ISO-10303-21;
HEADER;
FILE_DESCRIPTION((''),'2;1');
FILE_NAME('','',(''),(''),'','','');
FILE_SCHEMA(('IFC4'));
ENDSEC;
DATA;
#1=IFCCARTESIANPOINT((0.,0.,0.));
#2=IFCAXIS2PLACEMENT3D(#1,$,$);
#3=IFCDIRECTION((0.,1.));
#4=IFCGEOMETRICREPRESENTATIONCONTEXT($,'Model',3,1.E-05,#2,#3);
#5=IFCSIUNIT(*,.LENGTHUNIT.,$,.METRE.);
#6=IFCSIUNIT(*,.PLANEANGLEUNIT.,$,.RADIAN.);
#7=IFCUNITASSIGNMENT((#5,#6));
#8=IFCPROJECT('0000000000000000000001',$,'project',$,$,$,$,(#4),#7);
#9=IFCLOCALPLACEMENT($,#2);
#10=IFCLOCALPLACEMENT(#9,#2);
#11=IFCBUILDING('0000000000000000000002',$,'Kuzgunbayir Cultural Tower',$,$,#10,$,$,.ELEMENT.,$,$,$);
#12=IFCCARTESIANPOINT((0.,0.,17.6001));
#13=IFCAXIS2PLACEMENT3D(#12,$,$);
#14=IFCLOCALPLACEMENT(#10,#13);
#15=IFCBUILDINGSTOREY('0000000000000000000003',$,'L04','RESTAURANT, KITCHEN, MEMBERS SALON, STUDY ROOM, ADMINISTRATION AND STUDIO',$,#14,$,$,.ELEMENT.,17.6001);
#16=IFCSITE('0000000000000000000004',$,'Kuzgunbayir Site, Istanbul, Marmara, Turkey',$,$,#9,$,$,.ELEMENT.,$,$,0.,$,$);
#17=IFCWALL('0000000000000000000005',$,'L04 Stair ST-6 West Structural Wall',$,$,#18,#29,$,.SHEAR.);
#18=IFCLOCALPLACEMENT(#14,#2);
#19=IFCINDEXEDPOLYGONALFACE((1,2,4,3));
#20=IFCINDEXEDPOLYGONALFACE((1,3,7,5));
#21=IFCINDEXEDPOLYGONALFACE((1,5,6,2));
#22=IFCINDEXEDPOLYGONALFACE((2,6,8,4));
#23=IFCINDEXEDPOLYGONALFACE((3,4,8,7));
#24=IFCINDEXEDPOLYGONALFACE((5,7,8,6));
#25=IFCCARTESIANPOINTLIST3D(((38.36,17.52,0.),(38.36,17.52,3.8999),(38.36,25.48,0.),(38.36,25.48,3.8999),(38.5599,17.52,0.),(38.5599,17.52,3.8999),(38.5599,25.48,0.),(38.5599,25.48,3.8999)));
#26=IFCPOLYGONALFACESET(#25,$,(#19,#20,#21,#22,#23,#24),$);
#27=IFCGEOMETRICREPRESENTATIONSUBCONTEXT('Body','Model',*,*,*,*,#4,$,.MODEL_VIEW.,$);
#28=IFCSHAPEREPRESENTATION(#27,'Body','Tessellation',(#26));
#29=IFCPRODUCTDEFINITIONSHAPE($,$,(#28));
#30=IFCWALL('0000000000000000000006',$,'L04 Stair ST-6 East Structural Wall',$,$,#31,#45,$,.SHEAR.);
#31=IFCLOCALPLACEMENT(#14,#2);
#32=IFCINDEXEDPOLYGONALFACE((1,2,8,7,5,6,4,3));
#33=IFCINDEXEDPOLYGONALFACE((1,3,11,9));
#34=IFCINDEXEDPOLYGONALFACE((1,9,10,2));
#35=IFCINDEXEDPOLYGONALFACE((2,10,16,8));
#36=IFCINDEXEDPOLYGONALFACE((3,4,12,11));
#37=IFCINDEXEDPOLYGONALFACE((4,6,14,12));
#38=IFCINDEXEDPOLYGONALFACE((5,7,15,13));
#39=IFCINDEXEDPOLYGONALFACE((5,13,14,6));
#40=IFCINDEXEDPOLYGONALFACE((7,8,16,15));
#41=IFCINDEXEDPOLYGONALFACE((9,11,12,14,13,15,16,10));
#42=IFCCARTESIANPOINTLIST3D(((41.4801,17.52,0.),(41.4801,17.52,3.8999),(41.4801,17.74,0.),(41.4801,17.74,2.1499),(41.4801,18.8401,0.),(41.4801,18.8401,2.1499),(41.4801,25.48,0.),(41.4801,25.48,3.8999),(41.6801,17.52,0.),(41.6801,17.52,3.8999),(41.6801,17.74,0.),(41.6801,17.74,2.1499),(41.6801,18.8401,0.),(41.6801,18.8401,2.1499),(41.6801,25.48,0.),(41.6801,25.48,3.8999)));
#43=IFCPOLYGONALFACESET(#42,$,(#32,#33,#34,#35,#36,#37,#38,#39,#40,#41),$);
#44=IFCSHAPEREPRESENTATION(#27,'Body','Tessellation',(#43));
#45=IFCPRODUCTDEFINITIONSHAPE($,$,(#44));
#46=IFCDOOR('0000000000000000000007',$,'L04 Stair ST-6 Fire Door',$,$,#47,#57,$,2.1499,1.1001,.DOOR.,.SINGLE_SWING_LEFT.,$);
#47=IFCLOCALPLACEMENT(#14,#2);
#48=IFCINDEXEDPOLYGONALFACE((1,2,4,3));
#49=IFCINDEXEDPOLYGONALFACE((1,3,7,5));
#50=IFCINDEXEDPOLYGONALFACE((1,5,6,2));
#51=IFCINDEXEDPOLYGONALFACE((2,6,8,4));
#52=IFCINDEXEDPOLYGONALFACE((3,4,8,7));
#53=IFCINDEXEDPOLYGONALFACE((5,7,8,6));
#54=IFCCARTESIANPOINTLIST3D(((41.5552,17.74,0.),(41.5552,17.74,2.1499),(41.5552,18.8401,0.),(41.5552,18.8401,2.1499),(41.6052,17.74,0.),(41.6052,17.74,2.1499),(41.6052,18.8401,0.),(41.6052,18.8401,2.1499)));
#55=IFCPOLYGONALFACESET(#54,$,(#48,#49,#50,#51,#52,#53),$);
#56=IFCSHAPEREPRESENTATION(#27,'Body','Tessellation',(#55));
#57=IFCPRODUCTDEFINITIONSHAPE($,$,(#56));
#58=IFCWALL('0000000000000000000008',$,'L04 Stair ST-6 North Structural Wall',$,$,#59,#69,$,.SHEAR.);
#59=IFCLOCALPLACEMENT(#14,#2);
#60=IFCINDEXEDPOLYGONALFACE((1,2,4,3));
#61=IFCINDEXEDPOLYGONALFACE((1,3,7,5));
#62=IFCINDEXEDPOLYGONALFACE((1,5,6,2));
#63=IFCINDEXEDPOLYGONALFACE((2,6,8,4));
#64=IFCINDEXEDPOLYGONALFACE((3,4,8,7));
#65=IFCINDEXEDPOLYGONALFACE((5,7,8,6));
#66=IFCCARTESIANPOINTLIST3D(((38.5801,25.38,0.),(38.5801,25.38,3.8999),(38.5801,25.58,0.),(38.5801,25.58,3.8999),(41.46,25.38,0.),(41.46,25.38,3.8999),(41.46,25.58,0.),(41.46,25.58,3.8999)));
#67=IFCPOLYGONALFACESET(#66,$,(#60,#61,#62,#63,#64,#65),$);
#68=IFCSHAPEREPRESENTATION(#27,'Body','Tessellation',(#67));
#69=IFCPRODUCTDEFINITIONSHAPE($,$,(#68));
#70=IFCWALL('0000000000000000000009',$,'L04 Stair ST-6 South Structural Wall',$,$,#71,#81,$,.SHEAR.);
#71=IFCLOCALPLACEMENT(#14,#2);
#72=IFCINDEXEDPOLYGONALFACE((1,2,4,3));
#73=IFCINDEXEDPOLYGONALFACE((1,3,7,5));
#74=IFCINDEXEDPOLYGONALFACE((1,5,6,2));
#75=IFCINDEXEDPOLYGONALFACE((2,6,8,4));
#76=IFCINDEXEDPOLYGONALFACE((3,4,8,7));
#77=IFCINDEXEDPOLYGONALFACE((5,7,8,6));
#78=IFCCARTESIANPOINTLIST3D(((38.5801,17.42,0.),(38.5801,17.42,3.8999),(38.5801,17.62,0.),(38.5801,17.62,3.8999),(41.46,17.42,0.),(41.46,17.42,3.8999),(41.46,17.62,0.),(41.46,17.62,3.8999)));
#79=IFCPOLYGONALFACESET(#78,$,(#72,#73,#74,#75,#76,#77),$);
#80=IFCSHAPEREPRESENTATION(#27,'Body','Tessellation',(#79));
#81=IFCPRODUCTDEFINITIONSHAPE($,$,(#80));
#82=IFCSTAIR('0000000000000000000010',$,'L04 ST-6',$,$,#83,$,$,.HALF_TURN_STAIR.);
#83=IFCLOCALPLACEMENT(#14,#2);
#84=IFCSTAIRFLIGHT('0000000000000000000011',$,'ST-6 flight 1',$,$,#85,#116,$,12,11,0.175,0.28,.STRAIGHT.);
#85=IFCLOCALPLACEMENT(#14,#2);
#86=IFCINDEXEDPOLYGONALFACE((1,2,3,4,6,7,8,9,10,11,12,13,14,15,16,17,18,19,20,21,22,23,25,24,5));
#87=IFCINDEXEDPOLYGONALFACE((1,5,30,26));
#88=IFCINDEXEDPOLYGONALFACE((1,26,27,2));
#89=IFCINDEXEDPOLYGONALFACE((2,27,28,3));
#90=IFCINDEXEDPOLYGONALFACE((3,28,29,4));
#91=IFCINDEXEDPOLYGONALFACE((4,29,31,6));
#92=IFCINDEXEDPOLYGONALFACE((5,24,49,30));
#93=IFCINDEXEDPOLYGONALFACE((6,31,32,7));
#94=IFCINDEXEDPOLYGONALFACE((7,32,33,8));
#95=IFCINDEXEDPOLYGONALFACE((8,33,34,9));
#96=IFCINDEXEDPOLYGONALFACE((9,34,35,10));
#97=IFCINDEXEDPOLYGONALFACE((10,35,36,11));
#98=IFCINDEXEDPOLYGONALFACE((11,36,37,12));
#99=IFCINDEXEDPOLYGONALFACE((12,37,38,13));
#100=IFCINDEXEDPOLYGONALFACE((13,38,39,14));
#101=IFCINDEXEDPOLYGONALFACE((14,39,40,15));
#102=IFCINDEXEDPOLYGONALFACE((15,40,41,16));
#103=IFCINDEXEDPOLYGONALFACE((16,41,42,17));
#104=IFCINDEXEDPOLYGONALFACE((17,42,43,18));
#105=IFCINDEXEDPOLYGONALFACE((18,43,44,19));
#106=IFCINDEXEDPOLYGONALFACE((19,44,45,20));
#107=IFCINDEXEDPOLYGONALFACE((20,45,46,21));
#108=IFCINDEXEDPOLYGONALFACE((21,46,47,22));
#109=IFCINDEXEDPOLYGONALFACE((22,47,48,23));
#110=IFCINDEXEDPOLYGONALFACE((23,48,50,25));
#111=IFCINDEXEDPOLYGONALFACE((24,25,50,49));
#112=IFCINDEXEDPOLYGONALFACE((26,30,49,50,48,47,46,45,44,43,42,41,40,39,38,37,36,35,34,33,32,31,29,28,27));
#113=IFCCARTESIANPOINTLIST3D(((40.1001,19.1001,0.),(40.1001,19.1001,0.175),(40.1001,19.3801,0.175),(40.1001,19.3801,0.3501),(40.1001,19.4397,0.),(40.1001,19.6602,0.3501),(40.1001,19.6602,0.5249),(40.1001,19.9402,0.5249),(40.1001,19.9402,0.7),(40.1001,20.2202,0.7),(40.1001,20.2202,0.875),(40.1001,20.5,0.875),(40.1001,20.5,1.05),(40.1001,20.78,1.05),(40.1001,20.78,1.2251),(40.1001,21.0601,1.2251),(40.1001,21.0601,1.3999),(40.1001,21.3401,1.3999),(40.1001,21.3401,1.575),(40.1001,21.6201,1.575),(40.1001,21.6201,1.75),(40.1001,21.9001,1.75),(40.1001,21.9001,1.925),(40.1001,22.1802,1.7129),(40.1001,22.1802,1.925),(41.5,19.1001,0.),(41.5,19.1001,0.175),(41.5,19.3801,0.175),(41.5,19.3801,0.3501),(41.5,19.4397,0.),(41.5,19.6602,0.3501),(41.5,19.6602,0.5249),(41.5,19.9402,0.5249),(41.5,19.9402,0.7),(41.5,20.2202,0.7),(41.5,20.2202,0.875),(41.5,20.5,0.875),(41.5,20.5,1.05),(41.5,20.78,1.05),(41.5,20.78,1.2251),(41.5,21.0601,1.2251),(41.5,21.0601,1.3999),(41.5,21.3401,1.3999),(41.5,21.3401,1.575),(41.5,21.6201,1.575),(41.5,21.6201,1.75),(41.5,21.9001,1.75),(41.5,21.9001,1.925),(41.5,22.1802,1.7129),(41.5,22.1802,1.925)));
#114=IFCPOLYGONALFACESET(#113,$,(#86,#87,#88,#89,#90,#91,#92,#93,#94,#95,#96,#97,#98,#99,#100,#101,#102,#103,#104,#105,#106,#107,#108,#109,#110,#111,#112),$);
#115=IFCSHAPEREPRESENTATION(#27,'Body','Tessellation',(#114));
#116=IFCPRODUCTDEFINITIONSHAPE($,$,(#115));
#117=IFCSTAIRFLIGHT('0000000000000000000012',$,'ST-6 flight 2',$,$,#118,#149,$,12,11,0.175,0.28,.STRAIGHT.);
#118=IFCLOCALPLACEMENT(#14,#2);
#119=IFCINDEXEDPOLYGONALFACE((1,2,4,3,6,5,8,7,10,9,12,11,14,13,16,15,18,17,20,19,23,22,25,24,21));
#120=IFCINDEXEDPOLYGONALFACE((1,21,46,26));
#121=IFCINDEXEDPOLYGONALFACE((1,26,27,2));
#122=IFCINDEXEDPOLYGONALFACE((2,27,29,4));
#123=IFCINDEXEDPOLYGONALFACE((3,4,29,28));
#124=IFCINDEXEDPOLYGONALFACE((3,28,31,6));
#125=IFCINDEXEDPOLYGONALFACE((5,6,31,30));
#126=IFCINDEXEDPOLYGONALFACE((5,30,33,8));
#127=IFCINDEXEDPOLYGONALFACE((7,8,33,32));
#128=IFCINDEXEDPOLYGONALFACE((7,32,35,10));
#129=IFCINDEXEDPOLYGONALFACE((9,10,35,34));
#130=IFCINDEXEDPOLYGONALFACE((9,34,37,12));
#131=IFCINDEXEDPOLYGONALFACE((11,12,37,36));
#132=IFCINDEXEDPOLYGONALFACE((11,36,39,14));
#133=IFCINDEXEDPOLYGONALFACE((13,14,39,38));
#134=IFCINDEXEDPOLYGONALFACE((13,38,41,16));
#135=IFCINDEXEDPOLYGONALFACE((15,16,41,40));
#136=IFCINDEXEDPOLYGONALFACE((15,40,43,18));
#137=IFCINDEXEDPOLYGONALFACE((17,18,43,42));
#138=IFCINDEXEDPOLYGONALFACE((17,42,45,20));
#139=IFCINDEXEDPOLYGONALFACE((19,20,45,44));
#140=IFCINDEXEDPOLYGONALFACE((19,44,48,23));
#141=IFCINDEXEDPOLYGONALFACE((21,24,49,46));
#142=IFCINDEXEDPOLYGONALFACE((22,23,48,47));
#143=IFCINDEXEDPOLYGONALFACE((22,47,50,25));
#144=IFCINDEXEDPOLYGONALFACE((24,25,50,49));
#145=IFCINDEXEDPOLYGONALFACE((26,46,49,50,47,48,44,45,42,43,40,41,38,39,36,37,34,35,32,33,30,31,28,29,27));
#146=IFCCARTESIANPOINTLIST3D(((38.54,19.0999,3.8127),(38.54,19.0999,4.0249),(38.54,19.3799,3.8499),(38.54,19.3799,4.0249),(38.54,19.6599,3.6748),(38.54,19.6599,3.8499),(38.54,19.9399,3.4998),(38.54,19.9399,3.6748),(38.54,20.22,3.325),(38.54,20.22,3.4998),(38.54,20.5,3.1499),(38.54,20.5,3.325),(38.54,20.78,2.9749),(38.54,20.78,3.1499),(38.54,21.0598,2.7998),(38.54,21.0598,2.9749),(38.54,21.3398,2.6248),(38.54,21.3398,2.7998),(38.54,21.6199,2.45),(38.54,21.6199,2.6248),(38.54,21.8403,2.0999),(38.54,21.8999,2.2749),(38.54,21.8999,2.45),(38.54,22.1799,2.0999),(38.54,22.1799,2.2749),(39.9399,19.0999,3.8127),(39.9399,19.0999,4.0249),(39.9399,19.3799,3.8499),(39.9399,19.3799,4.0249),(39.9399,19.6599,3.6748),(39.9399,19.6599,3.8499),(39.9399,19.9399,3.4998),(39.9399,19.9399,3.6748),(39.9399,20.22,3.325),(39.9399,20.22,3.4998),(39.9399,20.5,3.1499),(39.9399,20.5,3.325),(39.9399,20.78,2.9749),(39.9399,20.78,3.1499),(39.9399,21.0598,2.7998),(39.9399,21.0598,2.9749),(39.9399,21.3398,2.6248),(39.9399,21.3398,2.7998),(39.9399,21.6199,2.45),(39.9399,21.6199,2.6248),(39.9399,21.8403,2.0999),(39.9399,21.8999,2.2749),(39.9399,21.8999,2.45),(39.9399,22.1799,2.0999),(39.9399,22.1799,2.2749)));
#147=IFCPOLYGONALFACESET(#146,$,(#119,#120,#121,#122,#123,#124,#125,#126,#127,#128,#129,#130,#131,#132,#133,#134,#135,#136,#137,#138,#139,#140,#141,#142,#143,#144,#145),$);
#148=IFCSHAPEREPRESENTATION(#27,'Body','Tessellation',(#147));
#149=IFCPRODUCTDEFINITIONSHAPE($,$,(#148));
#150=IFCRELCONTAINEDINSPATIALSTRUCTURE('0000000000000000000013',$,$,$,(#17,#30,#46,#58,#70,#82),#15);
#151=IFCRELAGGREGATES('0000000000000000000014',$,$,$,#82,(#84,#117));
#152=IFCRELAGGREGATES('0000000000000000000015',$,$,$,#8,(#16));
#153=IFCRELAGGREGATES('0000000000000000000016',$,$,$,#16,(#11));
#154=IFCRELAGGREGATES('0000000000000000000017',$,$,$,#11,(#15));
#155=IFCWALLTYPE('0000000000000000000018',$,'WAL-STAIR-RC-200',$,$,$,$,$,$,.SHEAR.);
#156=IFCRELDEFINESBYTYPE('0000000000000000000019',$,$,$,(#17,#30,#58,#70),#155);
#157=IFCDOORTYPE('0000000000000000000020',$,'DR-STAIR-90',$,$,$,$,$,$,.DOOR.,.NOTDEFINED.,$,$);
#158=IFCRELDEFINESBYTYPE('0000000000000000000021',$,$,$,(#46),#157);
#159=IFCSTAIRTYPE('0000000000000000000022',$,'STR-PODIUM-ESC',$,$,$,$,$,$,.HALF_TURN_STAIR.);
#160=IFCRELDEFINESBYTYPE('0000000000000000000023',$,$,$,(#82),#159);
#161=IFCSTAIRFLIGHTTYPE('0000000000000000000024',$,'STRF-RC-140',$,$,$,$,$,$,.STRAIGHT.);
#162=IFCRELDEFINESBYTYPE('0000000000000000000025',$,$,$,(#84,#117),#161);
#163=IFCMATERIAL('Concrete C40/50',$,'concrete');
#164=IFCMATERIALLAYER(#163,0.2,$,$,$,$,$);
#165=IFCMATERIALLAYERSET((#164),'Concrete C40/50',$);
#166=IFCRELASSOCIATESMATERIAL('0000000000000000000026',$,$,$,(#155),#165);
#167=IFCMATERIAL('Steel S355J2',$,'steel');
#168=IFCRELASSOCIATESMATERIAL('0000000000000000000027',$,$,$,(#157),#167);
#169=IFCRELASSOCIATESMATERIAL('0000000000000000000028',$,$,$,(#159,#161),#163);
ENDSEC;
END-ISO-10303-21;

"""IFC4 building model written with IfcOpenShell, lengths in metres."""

from ifc_helpers import new_model, si_unit, direction, frame, frame_2d, origin, place, context, subcontext, project, spatial, polyline, rectangle, outline, extrude, material, layer, layer_set, type_object, element, fill, aggregate, save


model = new_model("IFC4")

# Units and contexts
model_context = context("Model", 3, precision=1e-05, world=origin(), true_north=direction((0.0, 1.0)))
body_context = subcontext(model_context, "Body", "Model", "MODEL_VIEW")
ifc_project = project(units=[si_unit("LENGTHUNIT", "METRE"), si_unit("PLANEANGLEUNIT", "RADIAN")], contexts=[model_context])

# Site, building, storey
site_placement = place(None, origin())
site = spatial("IfcSite", under=ifc_project, at=site_placement, Name="Kuzgunbayir Site, Istanbul, Marmara, Turkey", CompositionType="ELEMENT", RefElevation=0.0)
building_placement = place(site_placement, origin())
building = spatial("IfcBuilding", under=site, at=building_placement, Name="Kuzgunbayir Cultural Tower", CompositionType="ELEMENT")
storey_placement = place(building_placement, frame((0.0, 0.0, 17.6001)))
storey = spatial("IfcBuildingStorey", under=building, at=storey_placement, Name="L04", Description="RESTAURANT, KITCHEN, MEMBERS SALON, STUDY ROOM, ADMINISTRATION AND STUDIO", CompositionType="ELEMENT", Elevation=17.6001)

# Shared definitions
ifc_material_1 = material(Name="Steel S355J2", Category="steel")

# Wall
ifc_material_2 = material(Name="Concrete C40/50", Category="concrete")
ifc_layer_1 = layer(ifc_material_2, 0.2)
ifc_layer_set_1 = layer_set([ifc_layer_1], Name="Concrete C40/50")
wall_type_1 = type_object("IfcWallType", Name="WAL-STAIR-RC-200", PredefinedType="SHEAR", material=ifc_layer_set_1)
wall_1_placement = place(storey_placement, frame((38.46, 17.52, 0.0), z_axis=(0.0, 0.0, 1.0), x_axis=(0.0, 1.0, 0.0)))
element("IfcWall", 1, at=wall_1_placement, inside=storey, type_object=wall_type_1, Name="L04 Stair ST-6 West Structural Wall", PredefinedType="SHEAR", context=body_context, shape_type="SweptSolid", body=[
    extrude(rectangle(XDim=7.96, YDim=0.2, at=frame_2d((3.98, 0.0))), origin(), (0.0, 0.0, 1.0), 3.8999),
])

# Wall, opening, door
wall_2_placement = place(storey_placement, frame((41.5801, 17.52, 0.0), z_axis=(0.0, 0.0, 1.0), x_axis=(0.0, 1.0, 0.0)))
wall_2 = element("IfcWall", 2, at=wall_2_placement, inside=storey, type_object=wall_type_1, Name="L04 Stair ST-6 East Structural Wall", PredefinedType="SHEAR", context=body_context, shape_type="SweptSolid", body=[
    extrude(rectangle(XDim=7.96, YDim=0.2, at=frame_2d((3.98, 0.0))), origin(), (0.0, 0.0, 1.0), 3.8999),
])
opening_1_placement = place(wall_2_placement, frame((0.22, 0.0, 0.0)))
opening_1 = element("IfcOpeningElement", 3, at=opening_1_placement, cuts=wall_2, PredefinedType="OPENING", context=body_context, shape_type="SweptSolid", body=[
    extrude(rectangle(XDim=1.1001, YDim=2.1499, at=frame_2d((0.55, 1.075))), frame((0.0, 0.1099, 0.0), z_axis=(0.0, -1.0, 0.0), x_axis=(1.0, 0.0, 0.0)), (0.0, 0.0, 1.0), 0.22),
])
door_type_1 = type_object("IfcDoorType", Name="DR-STAIR-90", OperationType="NOTDEFINED", PredefinedType="DOOR", material=ifc_material_1)
door_1_placement = place(opening_1_placement, origin())
door_1 = element("IfcDoor", 4, at=door_1_placement, inside=storey, type_object=door_type_1, Name="L04 Stair ST-6 Fire Door", OperationType="SINGLE_SWING_LEFT", OverallHeight=2.1499, OverallWidth=1.1001, PredefinedType="DOOR", context=body_context, shape_type="SweptSolid", body=[
    extrude(rectangle(XDim=1.1001, YDim=2.1499, at=frame_2d((0.55, 1.075))), frame((0.0, 0.0249, 0.0), z_axis=(0.0, -1.0, 0.0), x_axis=(1.0, 0.0, 0.0)), (0.0, 0.0, 1.0), 0.05),
])
fill(opening_1, door_1)

# Walls
for number, where, z_axis, x_axis, name in (
    (5, (38.5801, 25.48, 0.0), (0.0, 0.0, 1.0), (1.0, 0.0, 0.0), "L04 Stair ST-6 North Structural Wall"),
    (6, (38.5801, 17.52, 0.0), (0.0, 0.0, 1.0), (1.0, 0.0, 0.0), "L04 Stair ST-6 South Structural Wall"),
):
    element("IfcWall", number, at=place(storey_placement, frame(where, z_axis=z_axis, x_axis=x_axis)), inside=storey, type_object=wall_type_1, Name=name, PredefinedType="SHEAR", context=body_context, shape_type="SweptSolid", body=[
        extrude(rectangle(XDim=2.8799, YDim=0.2, at=frame_2d((1.4399, 0.0))), origin(), (0.0, 0.0, 1.0), 3.8999),
    ])

# Stair, stair flights
stair_type = type_object("IfcStairType", Name="STR-PODIUM-ESC", PredefinedType="HALF_TURN_STAIR", material=ifc_material_2)
stair_placement = place(storey_placement, origin())
stair = element("IfcStair", 7, at=stair_placement, inside=storey, type_object=stair_type, Name="L04 ST-6", PredefinedType="HALF_TURN_STAIR")
stair_flight_type = type_object("IfcStairFlightType", Name="STRF-RC-140", PredefinedType="STRAIGHT", material=ifc_material_2)
stair_flight_1_placement = place(storey_placement, frame((40.8, 19.1001, 0.0), z_axis=(0.0, 0.0, 1.0), x_axis=(0.0, 1.0, 0.0)))
stair_flight_1 = element("IfcStairFlight", 8, at=stair_flight_1_placement, type_object=stair_flight_type, Name="ST-6 flight 1", NumberOfRisers=12, NumberOfTreads=11, PredefinedType="STRAIGHT", RiserHeight=0.175, TreadLength=0.28, context=body_context, shape_type="SweptSolid", body=[
    extrude(outline(polyline([(0.0, 0.0), (0.0, 0.175), (0.28, 0.175), (0.28, 0.3501), (0.5601, 0.3501), (0.5601, 0.5249), (0.8401, 0.5249), (0.8401, 0.7), (1.1201, 0.7), (1.1201, 0.875), (1.3999, 0.875), (1.3999, 1.05), (1.6799, 1.05), (1.6799, 1.2251), (1.96, 1.2251), (1.96, 1.3999), (2.24, 1.3999), (2.24, 1.575), (2.52, 1.575), (2.52, 1.75), (2.8, 1.75), (2.8, 1.925), (3.0801, 1.925), (3.0801, 2.1001), (3.0801, 1.7129), (0.3396, 0.0), (0.0, 0.0)])), frame((0.0, 0.7, 0.0), z_axis=(0.0, -1.0, 0.0), x_axis=(1.0, 0.0, 0.0)), (0.0, 0.0, 1.0), 1.3999),
])
stair_flight_2_placement = place(storey_placement, frame((39.24, 22.1799, 2.0999), z_axis=(0.0, 0.0, 1.0), x_axis=(0.0, -1.0, 0.0)))
stair_flight_2 = element("IfcStairFlight", 9, at=stair_flight_2_placement, type_object=stair_flight_type, Name="ST-6 flight 2", NumberOfRisers=12, NumberOfTreads=11, PredefinedType="STRAIGHT", RiserHeight=0.175, TreadLength=0.28, context=body_context, shape_type="SweptSolid", body=[
    extrude(outline(polyline([(0.0, 0.0), (0.0, 0.175), (0.28, 0.175), (0.28, 0.3501), (0.5601, 0.3501), (0.5601, 0.5249), (0.8401, 0.5249), (0.8401, 0.7), (1.1201, 0.7), (1.1201, 0.875), (1.3999, 0.875), (1.3999, 1.05), (1.6799, 1.05), (1.6799, 1.2251), (1.96, 1.2251), (1.96, 1.3999), (2.24, 1.3999), (2.24, 1.575), (2.52, 1.575), (2.52, 1.75), (2.8, 1.75), (2.8, 1.925), (3.0801, 1.925), (3.0801, 2.1001), (3.0801, 1.7129), (0.3396, 0.0), (0.0, 0.0)])), frame((0.0, 0.7, 0.0), z_axis=(0.0, -1.0, 0.0), x_axis=(1.0, 0.0, 0.0)), (0.0, 0.0, 1.0), 1.3999),
])
aggregate(stair, [stair_flight_1, stair_flight_2])

save(model, "model.ifc")
